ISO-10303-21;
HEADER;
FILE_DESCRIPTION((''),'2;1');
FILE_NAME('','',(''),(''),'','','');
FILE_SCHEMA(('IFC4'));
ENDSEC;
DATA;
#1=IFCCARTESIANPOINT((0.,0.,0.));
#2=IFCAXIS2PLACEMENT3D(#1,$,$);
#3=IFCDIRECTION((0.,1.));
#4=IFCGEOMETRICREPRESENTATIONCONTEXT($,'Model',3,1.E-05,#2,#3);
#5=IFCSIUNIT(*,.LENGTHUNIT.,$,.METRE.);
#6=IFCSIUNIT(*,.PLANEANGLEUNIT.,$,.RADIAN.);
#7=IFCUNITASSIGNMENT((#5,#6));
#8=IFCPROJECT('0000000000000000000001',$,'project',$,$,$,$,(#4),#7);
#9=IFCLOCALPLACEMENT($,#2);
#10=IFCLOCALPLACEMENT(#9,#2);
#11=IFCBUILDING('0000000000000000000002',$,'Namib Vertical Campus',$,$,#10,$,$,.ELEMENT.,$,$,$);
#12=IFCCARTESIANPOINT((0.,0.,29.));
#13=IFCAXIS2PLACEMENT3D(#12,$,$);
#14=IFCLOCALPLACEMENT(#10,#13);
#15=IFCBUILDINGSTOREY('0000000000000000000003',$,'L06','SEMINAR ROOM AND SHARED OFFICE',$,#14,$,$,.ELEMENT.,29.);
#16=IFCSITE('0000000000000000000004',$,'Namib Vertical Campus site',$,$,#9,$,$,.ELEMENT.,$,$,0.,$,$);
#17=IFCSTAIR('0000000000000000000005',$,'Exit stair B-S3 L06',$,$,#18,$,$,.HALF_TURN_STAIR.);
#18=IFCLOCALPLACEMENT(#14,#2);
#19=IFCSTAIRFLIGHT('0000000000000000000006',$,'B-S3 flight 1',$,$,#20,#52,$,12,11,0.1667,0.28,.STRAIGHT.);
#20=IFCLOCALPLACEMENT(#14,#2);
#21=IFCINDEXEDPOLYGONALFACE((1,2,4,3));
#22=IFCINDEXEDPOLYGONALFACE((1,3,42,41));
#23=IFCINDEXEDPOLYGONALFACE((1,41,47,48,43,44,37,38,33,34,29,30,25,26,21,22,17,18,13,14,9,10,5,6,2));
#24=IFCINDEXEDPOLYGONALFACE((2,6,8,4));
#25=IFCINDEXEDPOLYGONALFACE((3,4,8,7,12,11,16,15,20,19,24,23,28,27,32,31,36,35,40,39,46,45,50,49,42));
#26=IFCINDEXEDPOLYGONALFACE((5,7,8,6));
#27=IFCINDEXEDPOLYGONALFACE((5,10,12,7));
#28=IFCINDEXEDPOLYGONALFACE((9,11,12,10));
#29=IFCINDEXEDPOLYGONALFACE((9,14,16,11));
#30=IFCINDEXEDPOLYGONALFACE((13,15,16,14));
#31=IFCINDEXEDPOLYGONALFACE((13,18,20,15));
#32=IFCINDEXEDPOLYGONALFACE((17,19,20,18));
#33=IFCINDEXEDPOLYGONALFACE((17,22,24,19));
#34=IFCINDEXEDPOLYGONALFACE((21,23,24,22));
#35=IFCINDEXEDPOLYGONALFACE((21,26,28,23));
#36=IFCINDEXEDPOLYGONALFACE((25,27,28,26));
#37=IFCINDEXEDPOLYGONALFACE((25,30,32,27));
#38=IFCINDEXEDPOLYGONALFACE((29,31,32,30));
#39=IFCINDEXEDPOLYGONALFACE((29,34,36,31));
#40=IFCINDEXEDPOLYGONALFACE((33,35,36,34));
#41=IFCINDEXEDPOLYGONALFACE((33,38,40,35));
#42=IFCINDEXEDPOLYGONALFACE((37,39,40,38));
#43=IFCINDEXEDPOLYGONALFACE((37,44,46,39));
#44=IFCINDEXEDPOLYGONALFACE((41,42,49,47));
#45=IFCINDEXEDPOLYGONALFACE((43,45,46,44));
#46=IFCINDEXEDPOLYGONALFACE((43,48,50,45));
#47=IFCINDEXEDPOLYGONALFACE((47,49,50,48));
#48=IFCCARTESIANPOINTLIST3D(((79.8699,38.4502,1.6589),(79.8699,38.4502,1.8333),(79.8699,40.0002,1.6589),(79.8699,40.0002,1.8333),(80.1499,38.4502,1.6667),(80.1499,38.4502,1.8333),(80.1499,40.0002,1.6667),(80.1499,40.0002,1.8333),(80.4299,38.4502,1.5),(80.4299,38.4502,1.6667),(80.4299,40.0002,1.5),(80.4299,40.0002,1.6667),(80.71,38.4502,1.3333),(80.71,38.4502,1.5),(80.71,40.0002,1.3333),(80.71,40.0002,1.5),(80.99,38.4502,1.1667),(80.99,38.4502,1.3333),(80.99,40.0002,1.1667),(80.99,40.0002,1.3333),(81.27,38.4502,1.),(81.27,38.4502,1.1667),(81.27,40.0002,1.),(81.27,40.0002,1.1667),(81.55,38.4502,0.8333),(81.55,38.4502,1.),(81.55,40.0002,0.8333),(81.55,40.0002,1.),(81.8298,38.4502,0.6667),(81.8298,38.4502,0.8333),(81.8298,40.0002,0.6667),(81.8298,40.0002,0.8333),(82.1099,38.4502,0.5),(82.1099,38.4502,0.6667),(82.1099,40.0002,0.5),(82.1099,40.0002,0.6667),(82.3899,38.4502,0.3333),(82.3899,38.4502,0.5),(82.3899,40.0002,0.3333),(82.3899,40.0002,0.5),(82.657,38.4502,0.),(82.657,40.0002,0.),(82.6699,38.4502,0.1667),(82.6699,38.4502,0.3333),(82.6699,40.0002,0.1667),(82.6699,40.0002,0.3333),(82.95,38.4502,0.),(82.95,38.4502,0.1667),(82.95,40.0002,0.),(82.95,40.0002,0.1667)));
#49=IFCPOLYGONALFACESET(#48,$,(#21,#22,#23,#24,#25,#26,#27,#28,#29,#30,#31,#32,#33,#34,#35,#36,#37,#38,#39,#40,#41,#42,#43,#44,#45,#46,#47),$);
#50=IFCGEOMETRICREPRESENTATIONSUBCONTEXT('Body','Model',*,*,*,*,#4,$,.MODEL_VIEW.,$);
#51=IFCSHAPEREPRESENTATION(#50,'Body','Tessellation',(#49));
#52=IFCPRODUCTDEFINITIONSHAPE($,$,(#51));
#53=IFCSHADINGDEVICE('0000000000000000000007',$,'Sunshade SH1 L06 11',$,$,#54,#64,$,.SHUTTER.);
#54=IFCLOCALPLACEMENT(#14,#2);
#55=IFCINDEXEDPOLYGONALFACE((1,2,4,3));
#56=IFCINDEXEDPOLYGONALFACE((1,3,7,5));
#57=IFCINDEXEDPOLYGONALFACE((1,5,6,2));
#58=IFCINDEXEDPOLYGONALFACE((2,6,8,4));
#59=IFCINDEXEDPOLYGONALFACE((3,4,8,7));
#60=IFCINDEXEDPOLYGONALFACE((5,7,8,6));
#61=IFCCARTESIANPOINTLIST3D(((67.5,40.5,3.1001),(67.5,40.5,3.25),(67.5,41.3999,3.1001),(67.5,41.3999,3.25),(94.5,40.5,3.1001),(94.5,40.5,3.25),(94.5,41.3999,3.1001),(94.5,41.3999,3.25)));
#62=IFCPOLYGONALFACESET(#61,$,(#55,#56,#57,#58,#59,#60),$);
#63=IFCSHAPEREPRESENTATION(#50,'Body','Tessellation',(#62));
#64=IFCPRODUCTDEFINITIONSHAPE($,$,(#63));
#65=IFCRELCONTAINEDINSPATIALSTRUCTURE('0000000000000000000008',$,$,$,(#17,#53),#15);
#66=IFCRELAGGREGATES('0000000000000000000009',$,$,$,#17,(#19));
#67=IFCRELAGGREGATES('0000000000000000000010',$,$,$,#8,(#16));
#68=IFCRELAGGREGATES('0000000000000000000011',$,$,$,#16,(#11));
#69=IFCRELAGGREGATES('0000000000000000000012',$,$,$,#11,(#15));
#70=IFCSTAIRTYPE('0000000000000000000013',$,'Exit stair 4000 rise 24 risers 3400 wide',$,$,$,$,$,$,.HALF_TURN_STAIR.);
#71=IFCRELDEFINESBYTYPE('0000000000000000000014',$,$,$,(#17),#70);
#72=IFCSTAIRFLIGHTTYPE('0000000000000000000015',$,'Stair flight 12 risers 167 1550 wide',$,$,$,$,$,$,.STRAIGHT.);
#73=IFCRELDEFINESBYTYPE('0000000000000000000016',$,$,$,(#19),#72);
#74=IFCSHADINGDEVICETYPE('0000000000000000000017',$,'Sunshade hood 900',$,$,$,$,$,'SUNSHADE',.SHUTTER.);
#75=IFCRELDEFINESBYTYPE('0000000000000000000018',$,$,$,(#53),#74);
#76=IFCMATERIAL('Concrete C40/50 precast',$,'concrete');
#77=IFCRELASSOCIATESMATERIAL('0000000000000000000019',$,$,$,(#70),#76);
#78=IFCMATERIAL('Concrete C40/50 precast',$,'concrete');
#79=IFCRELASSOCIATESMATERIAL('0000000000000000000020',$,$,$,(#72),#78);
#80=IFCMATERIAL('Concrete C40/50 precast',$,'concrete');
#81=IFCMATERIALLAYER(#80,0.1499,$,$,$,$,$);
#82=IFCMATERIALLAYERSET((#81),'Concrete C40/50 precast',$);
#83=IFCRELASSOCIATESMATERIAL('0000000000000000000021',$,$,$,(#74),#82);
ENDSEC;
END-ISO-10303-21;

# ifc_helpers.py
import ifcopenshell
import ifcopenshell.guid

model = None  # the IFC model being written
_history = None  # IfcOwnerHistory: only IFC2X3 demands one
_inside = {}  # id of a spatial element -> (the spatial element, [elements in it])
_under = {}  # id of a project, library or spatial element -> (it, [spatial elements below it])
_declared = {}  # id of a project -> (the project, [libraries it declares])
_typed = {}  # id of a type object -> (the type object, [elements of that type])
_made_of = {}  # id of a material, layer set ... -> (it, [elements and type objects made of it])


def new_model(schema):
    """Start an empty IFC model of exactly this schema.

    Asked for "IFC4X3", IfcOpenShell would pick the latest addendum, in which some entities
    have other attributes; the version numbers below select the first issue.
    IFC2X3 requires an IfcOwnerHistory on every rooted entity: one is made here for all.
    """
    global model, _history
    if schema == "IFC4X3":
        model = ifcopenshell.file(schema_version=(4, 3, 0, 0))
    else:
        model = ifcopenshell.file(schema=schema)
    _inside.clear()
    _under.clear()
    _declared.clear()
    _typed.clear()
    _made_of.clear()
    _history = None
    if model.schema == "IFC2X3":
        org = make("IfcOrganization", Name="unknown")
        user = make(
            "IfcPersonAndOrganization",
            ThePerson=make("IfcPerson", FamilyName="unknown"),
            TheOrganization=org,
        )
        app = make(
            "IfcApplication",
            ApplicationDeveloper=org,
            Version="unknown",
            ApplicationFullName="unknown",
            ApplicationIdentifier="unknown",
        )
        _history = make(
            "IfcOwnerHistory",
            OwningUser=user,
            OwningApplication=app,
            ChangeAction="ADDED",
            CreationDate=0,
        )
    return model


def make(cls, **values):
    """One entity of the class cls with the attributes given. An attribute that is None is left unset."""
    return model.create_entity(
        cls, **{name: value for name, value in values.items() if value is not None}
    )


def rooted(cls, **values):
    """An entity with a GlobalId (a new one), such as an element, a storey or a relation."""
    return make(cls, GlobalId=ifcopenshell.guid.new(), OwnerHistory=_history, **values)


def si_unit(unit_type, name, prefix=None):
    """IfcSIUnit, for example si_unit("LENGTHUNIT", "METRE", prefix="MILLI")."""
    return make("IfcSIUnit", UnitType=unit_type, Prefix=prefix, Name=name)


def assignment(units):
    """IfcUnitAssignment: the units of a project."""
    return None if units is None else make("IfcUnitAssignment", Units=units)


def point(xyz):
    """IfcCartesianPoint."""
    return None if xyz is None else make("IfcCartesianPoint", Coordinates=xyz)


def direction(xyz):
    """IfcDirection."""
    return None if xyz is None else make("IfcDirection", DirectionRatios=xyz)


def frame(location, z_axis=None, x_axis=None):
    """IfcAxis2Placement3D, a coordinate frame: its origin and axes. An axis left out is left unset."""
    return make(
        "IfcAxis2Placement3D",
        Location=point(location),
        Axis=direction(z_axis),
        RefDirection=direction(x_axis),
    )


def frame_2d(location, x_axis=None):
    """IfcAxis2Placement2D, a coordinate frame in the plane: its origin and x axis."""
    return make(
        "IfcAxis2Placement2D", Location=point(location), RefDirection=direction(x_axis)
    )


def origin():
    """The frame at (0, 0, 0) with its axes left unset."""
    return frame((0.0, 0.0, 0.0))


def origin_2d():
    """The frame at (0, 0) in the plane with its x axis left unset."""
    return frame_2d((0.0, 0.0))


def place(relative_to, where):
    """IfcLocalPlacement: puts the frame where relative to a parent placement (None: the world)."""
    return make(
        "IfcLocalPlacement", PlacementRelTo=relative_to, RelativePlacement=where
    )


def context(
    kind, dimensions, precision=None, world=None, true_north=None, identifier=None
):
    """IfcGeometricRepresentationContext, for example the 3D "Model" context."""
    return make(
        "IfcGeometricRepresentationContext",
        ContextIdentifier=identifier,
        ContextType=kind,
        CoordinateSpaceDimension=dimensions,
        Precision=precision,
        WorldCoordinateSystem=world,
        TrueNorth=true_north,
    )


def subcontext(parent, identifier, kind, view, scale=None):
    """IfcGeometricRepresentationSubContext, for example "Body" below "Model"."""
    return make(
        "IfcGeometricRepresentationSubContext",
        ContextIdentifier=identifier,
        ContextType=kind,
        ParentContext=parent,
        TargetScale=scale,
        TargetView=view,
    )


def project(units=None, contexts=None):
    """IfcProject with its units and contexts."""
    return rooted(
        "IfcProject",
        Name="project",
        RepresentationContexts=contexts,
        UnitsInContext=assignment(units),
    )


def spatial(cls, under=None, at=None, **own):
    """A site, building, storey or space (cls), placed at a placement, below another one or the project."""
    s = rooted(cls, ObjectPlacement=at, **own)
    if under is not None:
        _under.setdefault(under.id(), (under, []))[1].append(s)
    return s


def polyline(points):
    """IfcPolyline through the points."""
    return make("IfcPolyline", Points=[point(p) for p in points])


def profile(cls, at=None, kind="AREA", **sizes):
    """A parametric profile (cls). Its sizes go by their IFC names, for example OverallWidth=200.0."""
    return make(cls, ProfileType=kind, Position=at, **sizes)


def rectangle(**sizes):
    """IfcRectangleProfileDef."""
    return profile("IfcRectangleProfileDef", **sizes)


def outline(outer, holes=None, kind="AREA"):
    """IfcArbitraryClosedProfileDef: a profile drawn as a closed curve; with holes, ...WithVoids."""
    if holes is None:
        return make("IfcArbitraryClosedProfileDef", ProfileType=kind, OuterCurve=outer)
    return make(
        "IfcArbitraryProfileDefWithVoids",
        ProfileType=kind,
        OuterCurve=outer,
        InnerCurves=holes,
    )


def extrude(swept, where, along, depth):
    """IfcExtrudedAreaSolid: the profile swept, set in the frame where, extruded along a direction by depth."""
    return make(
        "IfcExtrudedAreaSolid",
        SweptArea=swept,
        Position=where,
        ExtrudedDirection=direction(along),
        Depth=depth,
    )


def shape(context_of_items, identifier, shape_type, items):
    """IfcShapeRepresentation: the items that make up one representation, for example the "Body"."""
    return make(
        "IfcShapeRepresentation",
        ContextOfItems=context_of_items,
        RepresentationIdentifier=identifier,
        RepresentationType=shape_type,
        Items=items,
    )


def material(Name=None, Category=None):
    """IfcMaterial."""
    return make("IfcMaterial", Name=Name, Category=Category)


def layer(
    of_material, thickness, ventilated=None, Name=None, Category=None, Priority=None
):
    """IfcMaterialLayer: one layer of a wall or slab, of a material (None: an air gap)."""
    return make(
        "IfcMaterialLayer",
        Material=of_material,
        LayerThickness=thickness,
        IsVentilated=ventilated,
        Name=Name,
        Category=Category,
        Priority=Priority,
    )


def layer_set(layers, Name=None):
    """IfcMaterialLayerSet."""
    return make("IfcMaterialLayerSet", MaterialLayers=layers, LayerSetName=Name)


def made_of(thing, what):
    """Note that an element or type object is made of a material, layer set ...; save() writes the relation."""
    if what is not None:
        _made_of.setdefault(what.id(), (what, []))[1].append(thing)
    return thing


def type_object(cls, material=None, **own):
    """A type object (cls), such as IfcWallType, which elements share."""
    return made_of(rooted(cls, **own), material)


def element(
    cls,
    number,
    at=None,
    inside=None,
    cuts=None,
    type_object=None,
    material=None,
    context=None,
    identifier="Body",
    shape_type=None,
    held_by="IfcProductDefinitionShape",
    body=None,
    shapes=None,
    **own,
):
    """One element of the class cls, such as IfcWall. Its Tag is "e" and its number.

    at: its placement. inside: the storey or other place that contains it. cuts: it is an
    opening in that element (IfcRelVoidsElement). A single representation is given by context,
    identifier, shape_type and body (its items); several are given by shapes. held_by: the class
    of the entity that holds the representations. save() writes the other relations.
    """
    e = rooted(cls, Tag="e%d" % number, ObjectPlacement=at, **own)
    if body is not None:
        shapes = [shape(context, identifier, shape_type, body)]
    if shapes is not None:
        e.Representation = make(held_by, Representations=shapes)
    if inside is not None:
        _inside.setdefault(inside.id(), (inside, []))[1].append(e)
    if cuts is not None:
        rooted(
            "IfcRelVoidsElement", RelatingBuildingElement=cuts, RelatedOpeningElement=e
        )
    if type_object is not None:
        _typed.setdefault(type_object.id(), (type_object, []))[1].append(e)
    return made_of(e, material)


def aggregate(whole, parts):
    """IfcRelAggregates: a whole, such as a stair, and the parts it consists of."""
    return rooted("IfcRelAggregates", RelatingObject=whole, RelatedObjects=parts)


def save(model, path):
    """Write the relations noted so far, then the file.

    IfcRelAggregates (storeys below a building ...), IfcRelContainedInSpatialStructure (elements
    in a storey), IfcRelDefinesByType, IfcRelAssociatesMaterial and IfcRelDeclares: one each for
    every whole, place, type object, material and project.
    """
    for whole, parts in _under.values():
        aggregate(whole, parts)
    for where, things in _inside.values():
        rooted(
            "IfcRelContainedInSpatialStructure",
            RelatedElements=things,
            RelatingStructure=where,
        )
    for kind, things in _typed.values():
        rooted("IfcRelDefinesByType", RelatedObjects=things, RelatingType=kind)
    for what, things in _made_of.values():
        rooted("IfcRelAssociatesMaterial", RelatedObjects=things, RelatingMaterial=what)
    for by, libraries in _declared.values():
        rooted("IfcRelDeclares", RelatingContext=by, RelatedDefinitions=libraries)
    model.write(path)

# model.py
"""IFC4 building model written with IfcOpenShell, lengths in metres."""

from ifc_helpers import new_model, si_unit, direction, frame, origin, origin_2d, place, context, subcontext, project, spatial, polyline, rectangle, outline, extrude, material, layer, layer_set, type_object, element, aggregate, save


model = new_model("IFC4")

# Units and contexts
model_context = context("Model", 3, precision=1e-05, world=origin(), true_north=direction((0.0, 1.0)))
body_context = subcontext(model_context, "Body", "Model", "MODEL_VIEW")
ifc_project = project(units=[si_unit("LENGTHUNIT", "METRE"), si_unit("PLANEANGLEUNIT", "RADIAN")], contexts=[model_context])

# Site, building, storey
site_placement = place(None, origin())
site = spatial("IfcSite", under=ifc_project, at=site_placement, Name="Namib Vertical Campus site", CompositionType="ELEMENT", RefElevation=0.0)
building_placement = place(site_placement, origin())
building = spatial("IfcBuilding", under=site, at=building_placement, Name="Namib Vertical Campus", CompositionType="ELEMENT")
storey_placement = place(building_placement, frame((0.0, 0.0, 29.0)))
storey = spatial("IfcBuildingStorey", under=building, at=storey_placement, Name="L06", Description="SEMINAR ROOM AND SHARED OFFICE", CompositionType="ELEMENT", Elevation=29.0)

# Shared definitions
ifc_material_1 = material(Name="Concrete C40/50 precast", Category="concrete")
stair_type = type_object("IfcStairType", Name="Exit stair 4000 rise 24 risers 3400 wide", PredefinedType="HALF_TURN_STAIR", material=ifc_material_1)
ifc_material_2 = material(Name="Concrete C40/50 precast", Category="concrete")
stair_flight_type = type_object("IfcStairFlightType", Name="Stair flight 12 risers 167 1550 wide", PredefinedType="STRAIGHT", material=ifc_material_2)

# Stair, stair flight
stair_1_placement = place(storey_placement, origin())
stair_1 = element("IfcStair", 1, at=stair_1_placement, inside=storey, type_object=stair_type, Name="Exit stair B-S3 L06", PredefinedType="HALF_TURN_STAIR")
stair_flight_1_placement = place(storey_placement, frame((82.95, 39.2251, 0.0), z_axis=(0.0, 0.0, 1.0), x_axis=(-1.0, 0.0, 0.0)))
stair_flight_1 = element("IfcStairFlight", 2, at=stair_flight_1_placement, type_object=stair_flight_type, Name="B-S3 flight 1", NumberOfRisers=12, NumberOfTreads=11, PredefinedType="STRAIGHT", RiserHeight=0.1667, TreadLength=0.28, context=body_context, shape_type="SweptSolid", body=[
    extrude(outline(polyline([(0.0, 0.0), (0.0, 0.1667), (0.28, 0.1667), (0.28, 0.3333), (0.5601, 0.3333), (0.5601, 0.5), (0.8401, 0.5), (0.8401, 0.6667), (1.1201, 0.6667), (1.1201, 0.8333), (1.3999, 0.8333), (1.3999, 1.0), (1.6799, 1.0), (1.6799, 1.1667), (1.96, 1.1667), (1.96, 1.3333), (2.24, 1.3333), (2.24, 1.5), (2.52, 1.5), (2.52, 1.6667), (2.8, 1.6667), (2.8, 1.8333), (3.0801, 1.8333), (3.0801, 2.0), (3.0801, 1.6589), (0.293, 0.0), (0.0, 0.0)])), frame((0.0, 0.7749, 0.0), z_axis=(0.0, -1.0, 0.0), x_axis=(1.0, 0.0, 0.0)), (0.0, 0.0, 1.0), 1.55),
])
aggregate(stair_1, [stair_flight_1])

# Shading device
ifc_material_3 = material(Name="Concrete C40/50 precast", Category="concrete")
ifc_layer_1 = layer(ifc_material_3, 0.1499)
ifc_layer_set_1 = layer_set([ifc_layer_1], Name="Concrete C40/50 precast")
shading_device_type = type_object("IfcShadingDeviceType", Name="Sunshade hood 900", ElementType="SUNSHADE", PredefinedType="SHUTTER", material=ifc_layer_set_1)
shading_device_placement = place(storey_placement, frame((81.0, 40.95, 3.1001), z_axis=(0.0, 0.0, 1.0), x_axis=(-1.0, 0.0, 0.0)))
element("IfcShadingDevice", 3, at=shading_device_placement, inside=storey, type_object=shading_device_type, Name="Sunshade SH1 L06 11", PredefinedType="SHUTTER", context=body_context, shape_type="SweptSolid", body=[
    extrude(rectangle(XDim=27.0, YDim=0.8999, at=origin_2d()), origin(), (0.0, 0.0, 1.0), 0.1499),
])

save(model, "model.ifc")
